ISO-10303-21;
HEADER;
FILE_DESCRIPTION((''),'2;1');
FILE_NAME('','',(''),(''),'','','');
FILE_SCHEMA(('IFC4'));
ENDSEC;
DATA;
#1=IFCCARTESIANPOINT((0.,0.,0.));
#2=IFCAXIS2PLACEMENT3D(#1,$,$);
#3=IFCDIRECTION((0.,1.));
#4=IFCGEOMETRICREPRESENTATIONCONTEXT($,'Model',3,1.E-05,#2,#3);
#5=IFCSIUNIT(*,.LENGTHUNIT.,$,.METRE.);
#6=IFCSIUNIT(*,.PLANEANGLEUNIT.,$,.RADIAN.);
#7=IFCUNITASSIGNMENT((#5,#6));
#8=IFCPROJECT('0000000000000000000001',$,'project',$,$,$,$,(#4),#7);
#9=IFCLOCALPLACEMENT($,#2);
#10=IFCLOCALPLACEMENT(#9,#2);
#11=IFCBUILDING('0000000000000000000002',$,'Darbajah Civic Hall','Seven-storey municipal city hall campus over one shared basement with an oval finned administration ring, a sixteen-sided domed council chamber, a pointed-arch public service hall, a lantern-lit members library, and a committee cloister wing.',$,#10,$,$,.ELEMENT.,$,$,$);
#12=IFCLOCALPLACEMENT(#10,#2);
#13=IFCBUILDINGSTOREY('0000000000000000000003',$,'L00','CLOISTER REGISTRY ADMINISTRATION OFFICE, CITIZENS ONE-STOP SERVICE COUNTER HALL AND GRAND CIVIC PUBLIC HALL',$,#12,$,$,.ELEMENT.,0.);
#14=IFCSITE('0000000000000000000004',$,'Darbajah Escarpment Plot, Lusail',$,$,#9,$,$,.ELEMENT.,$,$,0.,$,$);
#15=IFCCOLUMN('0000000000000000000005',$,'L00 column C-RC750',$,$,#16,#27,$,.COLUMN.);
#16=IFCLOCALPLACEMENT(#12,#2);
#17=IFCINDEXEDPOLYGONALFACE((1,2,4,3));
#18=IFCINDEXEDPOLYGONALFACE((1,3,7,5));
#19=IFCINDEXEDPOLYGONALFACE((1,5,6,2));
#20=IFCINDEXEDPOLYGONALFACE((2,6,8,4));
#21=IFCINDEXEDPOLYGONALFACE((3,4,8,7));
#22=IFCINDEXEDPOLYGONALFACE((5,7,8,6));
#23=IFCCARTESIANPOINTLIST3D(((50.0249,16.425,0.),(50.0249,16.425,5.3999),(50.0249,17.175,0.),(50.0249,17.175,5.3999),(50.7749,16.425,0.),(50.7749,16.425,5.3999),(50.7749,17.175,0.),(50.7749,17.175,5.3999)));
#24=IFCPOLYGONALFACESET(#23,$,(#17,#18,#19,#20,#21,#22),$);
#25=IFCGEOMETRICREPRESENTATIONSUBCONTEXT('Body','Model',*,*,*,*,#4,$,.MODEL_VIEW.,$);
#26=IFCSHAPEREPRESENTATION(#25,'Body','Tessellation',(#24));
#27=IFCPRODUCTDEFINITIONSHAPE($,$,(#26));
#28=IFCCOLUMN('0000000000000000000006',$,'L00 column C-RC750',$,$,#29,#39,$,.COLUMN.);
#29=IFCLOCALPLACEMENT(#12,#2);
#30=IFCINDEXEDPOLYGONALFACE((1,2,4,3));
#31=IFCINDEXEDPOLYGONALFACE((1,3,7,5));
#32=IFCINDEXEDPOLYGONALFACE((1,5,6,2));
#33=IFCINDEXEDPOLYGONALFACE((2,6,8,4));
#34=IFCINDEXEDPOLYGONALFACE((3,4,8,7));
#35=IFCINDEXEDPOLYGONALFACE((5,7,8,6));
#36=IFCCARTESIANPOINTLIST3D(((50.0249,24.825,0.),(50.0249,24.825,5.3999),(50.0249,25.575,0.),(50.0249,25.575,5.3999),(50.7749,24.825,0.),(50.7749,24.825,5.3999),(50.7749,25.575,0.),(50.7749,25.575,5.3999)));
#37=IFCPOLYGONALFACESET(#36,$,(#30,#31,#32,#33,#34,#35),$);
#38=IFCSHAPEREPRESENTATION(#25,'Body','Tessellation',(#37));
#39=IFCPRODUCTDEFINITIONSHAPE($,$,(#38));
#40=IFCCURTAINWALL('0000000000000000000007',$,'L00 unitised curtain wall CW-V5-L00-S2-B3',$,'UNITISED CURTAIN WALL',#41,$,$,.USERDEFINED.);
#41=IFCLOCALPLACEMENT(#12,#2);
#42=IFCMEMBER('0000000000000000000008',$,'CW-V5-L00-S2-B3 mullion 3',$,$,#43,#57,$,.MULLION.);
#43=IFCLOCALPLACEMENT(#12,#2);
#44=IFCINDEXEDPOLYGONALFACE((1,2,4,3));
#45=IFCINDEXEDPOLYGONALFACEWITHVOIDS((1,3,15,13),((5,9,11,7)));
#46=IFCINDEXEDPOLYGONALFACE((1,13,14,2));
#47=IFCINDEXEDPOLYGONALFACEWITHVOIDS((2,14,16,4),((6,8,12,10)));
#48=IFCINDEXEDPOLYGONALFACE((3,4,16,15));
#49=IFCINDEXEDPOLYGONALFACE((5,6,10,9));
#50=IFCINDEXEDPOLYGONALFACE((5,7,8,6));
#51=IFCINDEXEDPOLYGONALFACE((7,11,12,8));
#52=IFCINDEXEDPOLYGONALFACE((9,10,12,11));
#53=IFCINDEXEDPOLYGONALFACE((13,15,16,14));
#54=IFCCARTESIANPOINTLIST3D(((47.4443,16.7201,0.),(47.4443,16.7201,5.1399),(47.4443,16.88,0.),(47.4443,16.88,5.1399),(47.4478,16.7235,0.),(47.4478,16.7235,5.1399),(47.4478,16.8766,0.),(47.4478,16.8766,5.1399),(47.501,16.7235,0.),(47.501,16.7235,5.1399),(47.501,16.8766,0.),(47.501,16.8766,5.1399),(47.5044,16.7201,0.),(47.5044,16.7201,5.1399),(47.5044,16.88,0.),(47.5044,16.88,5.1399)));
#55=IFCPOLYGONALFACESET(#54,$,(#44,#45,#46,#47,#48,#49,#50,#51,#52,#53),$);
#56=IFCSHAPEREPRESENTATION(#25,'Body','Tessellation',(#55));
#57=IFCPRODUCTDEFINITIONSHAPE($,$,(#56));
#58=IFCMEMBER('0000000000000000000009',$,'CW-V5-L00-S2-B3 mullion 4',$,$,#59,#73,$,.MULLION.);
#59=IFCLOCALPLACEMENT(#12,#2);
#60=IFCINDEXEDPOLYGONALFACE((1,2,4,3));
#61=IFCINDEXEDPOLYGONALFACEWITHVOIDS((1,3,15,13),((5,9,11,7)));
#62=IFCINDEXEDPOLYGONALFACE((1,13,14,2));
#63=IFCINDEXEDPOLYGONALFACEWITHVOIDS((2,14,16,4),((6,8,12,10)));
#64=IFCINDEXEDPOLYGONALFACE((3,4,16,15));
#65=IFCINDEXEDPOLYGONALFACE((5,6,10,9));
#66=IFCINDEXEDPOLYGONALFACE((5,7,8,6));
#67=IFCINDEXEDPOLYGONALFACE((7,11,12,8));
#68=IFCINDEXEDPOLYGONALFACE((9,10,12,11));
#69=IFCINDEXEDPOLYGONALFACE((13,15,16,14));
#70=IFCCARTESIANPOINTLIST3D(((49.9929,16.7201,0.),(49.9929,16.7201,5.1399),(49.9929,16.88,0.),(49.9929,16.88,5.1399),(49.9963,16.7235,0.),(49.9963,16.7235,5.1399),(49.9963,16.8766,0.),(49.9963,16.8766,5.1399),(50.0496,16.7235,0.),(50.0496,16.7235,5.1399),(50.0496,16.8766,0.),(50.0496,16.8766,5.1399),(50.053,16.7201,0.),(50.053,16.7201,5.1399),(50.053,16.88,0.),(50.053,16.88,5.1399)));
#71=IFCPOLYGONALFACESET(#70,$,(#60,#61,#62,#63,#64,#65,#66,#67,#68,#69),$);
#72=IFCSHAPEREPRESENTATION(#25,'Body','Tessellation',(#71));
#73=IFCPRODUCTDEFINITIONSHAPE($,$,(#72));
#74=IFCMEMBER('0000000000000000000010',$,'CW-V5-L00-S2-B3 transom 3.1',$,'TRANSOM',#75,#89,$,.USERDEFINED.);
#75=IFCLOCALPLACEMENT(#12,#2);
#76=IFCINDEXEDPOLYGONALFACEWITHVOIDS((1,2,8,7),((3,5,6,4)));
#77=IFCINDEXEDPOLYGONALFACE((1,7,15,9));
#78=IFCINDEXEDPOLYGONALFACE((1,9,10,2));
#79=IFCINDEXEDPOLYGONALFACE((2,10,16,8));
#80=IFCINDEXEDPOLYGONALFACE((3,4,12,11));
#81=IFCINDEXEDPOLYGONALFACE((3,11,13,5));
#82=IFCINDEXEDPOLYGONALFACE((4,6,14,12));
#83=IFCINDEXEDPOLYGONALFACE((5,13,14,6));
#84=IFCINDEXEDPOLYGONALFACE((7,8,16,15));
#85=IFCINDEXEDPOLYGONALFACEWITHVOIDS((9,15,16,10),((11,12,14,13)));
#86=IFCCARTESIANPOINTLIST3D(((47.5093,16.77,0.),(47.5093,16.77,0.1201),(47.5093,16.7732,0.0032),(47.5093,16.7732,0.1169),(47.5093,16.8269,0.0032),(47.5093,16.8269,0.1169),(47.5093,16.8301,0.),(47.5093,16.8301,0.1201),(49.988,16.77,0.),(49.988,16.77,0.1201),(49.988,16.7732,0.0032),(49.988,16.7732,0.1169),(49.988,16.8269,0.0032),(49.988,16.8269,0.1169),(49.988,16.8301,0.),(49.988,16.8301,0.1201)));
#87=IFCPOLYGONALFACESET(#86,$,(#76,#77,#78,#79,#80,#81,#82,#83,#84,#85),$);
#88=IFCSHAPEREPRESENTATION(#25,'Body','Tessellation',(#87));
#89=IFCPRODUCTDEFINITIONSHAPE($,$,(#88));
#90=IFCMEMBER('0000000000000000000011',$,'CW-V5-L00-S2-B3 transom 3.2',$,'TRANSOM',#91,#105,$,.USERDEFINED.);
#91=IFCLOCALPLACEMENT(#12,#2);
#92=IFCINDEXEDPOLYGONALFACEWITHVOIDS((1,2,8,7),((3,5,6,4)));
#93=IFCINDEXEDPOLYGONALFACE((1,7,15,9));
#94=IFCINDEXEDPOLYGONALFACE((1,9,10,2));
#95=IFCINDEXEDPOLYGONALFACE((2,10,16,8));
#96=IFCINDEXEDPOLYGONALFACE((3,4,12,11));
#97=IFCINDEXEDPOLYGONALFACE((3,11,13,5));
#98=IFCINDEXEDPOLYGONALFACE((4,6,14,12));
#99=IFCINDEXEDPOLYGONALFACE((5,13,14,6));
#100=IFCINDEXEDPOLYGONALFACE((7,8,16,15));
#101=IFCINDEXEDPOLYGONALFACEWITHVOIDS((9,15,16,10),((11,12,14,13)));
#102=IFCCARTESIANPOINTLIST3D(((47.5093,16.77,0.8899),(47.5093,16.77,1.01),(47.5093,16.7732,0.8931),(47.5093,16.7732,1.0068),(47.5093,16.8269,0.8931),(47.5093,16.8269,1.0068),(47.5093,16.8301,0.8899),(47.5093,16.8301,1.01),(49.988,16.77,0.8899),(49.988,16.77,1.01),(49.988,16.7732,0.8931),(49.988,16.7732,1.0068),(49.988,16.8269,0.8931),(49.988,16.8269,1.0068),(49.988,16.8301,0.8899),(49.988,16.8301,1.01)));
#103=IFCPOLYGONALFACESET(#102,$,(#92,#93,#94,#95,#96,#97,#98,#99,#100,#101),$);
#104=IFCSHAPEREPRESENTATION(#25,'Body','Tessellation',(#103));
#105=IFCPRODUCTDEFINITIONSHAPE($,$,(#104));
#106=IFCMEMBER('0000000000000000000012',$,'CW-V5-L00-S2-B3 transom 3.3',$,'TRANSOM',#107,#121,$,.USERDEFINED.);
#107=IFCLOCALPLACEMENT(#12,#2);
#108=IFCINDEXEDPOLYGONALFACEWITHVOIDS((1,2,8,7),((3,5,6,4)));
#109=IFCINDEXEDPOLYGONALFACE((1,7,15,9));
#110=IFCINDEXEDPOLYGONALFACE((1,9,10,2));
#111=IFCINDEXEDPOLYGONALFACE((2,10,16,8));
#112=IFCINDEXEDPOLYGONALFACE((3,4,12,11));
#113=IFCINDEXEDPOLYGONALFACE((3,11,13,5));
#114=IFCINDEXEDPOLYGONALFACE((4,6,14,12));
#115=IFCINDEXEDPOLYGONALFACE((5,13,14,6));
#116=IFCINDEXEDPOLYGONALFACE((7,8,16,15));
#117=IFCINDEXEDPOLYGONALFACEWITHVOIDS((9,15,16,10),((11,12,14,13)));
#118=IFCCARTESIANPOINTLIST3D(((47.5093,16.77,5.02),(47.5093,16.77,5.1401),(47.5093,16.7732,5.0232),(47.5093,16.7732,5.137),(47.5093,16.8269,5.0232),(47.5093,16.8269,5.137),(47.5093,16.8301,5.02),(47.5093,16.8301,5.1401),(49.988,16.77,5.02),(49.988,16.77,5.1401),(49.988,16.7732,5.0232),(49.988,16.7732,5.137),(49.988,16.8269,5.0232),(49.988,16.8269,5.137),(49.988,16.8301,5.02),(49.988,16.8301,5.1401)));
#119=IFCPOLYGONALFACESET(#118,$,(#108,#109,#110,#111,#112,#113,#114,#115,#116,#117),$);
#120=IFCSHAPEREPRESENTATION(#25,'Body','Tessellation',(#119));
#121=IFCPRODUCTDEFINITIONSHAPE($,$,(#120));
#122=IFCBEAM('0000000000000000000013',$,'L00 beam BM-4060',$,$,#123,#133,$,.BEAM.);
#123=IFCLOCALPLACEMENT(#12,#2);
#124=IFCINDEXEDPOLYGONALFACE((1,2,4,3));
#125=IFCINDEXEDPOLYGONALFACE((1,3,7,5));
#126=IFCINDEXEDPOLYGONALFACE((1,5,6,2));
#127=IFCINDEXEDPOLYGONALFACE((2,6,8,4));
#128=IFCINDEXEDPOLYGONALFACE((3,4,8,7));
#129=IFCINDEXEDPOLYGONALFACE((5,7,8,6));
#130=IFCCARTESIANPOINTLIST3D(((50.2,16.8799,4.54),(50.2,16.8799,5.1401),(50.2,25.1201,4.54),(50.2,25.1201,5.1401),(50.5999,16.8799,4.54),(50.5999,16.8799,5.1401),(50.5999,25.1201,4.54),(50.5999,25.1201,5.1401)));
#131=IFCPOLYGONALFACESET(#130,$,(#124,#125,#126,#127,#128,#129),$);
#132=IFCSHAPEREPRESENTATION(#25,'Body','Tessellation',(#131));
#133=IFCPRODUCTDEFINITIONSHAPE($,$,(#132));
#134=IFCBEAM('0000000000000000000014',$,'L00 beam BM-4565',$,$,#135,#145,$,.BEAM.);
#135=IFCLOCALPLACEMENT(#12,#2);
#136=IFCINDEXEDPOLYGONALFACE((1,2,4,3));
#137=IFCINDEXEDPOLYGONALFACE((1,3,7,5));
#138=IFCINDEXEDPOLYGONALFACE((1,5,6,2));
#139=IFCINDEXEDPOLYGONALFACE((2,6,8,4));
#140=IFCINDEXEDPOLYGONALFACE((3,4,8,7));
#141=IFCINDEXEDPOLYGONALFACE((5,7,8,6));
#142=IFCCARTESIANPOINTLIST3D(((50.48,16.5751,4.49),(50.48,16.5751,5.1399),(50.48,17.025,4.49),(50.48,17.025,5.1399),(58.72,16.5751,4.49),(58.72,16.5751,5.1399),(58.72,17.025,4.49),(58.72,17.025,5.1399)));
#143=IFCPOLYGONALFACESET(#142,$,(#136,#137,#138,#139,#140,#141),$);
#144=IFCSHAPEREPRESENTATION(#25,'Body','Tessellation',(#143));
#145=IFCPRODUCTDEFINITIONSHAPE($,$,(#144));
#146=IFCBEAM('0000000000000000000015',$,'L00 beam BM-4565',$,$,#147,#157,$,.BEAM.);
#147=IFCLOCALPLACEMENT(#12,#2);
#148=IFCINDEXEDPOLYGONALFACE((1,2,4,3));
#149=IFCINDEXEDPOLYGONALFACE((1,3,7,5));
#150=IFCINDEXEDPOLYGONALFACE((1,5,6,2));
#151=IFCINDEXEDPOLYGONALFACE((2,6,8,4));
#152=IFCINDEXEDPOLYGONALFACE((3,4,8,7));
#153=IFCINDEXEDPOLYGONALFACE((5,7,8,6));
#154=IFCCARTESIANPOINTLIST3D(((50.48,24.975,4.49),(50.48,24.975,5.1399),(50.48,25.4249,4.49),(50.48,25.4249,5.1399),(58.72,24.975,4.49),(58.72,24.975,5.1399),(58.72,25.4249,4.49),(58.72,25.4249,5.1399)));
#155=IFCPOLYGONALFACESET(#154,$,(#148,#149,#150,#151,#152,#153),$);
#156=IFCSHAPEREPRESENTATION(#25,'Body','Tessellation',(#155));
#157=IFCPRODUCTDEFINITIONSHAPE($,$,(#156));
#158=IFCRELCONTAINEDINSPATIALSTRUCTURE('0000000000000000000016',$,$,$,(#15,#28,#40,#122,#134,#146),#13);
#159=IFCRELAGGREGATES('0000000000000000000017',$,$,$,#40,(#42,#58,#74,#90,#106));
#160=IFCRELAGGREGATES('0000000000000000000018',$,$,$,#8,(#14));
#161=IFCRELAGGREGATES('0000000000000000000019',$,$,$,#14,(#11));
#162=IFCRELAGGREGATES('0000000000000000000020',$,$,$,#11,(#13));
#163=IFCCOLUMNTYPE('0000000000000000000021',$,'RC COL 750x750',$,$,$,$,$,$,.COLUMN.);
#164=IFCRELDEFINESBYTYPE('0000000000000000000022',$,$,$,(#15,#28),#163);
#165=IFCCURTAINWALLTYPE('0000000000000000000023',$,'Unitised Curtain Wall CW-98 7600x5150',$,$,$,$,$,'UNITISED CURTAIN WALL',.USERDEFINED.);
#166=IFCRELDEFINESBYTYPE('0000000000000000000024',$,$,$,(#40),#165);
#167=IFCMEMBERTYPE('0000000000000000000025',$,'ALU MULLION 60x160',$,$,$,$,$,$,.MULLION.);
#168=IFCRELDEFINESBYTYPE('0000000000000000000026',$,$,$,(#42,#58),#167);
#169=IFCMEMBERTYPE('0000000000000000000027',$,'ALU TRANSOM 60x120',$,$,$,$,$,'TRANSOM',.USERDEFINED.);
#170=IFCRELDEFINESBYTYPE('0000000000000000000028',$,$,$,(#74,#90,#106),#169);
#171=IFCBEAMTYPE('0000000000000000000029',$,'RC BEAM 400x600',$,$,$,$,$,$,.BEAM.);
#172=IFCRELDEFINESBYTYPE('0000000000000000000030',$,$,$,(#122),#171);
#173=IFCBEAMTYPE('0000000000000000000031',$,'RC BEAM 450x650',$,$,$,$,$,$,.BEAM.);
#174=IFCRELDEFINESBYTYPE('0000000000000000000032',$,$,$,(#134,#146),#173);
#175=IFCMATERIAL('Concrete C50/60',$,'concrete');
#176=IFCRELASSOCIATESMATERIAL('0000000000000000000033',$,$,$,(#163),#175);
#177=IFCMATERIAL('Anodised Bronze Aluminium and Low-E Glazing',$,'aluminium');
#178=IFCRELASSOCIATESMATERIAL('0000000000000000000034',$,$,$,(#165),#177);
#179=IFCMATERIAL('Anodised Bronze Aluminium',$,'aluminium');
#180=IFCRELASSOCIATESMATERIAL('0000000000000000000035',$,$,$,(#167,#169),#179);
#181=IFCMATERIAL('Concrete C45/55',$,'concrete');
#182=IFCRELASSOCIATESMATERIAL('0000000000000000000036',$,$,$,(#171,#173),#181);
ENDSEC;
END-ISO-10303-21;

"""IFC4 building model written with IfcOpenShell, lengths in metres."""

from ifc_helpers import new_model, si_unit, direction, frame, origin, origin_2d, place, context, subcontext, project, spatial, rectangle, hollow_rectangle, extrude, material, material_profile, profile_set, type_object, element, aggregate, save


model = new_model("IFC4")

# Units and contexts
model_context = context("Model", 3, precision=1e-05, world=origin(), true_north=direction((0.0, 1.0)))
body_context = subcontext(model_context, "Body", "Model", "MODEL_VIEW")
ifc_project = project(units=[si_unit("LENGTHUNIT", "METRE"), si_unit("PLANEANGLEUNIT", "RADIAN")], contexts=[model_context])

# Site, building, storey
site_placement = place(None, origin())
site = spatial("IfcSite", under=ifc_project, at=site_placement, Name="Darbajah Escarpment Plot, Lusail", CompositionType="ELEMENT", RefElevation=0.0)
building_placement = place(site_placement, origin())
building = spatial("IfcBuilding", under=site, at=building_placement, Name="Darbajah Civic Hall", Description="Seven-storey municipal city hall campus over one shared basement with an oval finned administration ring, a sixteen-sided domed council chamber, a pointed-arch public service hall, a lantern-lit members library, and a committee cloister wing.", CompositionType="ELEMENT")
storey_placement = place(building_placement, origin())
storey = spatial("IfcBuildingStorey", under=building, at=storey_placement, Name="L00", Description="CLOISTER REGISTRY ADMINISTRATION OFFICE, CITIZENS ONE-STOP SERVICE COUNTER HALL AND GRAND CIVIC PUBLIC HALL", CompositionType="ELEMENT", Elevation=0.0)

# Columns
ifc_material_1 = material(Name="Concrete C50/60", Category="concrete")
ifc_material_profile_1 = material_profile(ifc_material_1, rectangle(XDim=0.75, YDim=0.75, at=origin_2d()), Name="RC COL 750x750")
ifc_profile_set_1 = profile_set([ifc_material_profile_1], Name="Concrete C50/60")
column_type = type_object("IfcColumnType", Name="RC COL 750x750", PredefinedType="COLUMN", material=ifc_profile_set_1)
for number, where, z_axis, x_axis, name in (
    (1, (50.3999, 16.8, 0.0), (0.0, 0.0, 1.0), (1.0, 0.0, 0.0), "L00 column C-RC750"),
    (2, (50.3999, 25.2, 0.0), (0.0, 0.0, 1.0), (1.0, 0.0, 0.0), "L00 column C-RC750"),
):
    element("IfcColumn", number, at=place(storey_placement, frame(where, z_axis=z_axis, x_axis=x_axis)), inside=storey, type_object=column_type, Name=name, PredefinedType="COLUMN", context=body_context, shape_type="SweptSolid", body=[
        extrude(rectangle(XDim=0.75, YDim=0.75, at=origin_2d()), origin(), (0.0, 0.0, 1.0), 5.3999),
    ])

# Curtain wall, members
ifc_material_2 = material(Name="Anodised Bronze Aluminium and Low-E Glazing", Category="aluminium")
curtain_wall_type = type_object("IfcCurtainWallType", Name="Unitised Curtain Wall CW-98 7600x5150", ElementType="UNITISED CURTAIN WALL", PredefinedType="USERDEFINED", material=ifc_material_2)
curtain_wall_placement = place(storey_placement, origin())
curtain_wall = element("IfcCurtainWall", 3, at=curtain_wall_placement, inside=storey, type_object=curtain_wall_type, Name="L00 unitised curtain wall CW-V5-L00-S2-B3", ObjectType="UNITISED CURTAIN WALL", PredefinedType="USERDEFINED")
ifc_material_3 = material(Name="Anodised Bronze Aluminium", Category="aluminium")
ifc_material_profile_2 = material_profile(ifc_material_3, hollow_rectangle(XDim=0.0601, YDim=0.1599, WallThickness=0.0034, at=origin_2d()), Name="ALU MULLION 60x160")
ifc_profile_set_2 = profile_set([ifc_material_profile_2], Name="Anodised Bronze Aluminium")
member_type_1 = type_object("IfcMemberType", Name="ALU MULLION 60x160", PredefinedType="MULLION", material=ifc_profile_set_2)
member_1_placement = place(storey_placement, frame((47.4744, 16.8, 0.0), z_axis=(0.0, 0.0, 1.0), x_axis=(1.0, 0.0, 0.0)))
member_1 = element("IfcMember", 4, at=member_1_placement, type_object=member_type_1, Name="CW-V5-L00-S2-B3 mullion 3", PredefinedType="MULLION", context=body_context, shape_type="SweptSolid", body=[
    extrude(hollow_rectangle(XDim=0.0601, YDim=0.1599, WallThickness=0.0034, at=origin_2d()), origin(), (0.0, 0.0, 1.0), 5.1399),
])
member_2_placement = place(storey_placement, frame((50.0229, 16.8, 0.0), z_axis=(0.0, 0.0, 1.0), x_axis=(1.0, 0.0, 0.0)))
member_2 = element("IfcMember", 5, at=member_2_placement, type_object=member_type_1, Name="CW-V5-L00-S2-B3 mullion 4", PredefinedType="MULLION", context=body_context, shape_type="SweptSolid", body=[
    extrude(hollow_rectangle(XDim=0.0601, YDim=0.1599, WallThickness=0.0034, at=origin_2d()), origin(), (0.0, 0.0, 1.0), 5.1399),
])
ifc_material_profile_3 = material_profile(ifc_material_3, hollow_rectangle(XDim=0.0601, YDim=0.1201, WallThickness=0.0032, at=origin_2d()), Name="ALU TRANSOM 60x120")
ifc_profile_set_3 = profile_set([ifc_material_profile_3], Name="Anodised Bronze Aluminium")
member_type_2 = type_object("IfcMemberType", Name="ALU TRANSOM 60x120", ElementType="TRANSOM", PredefinedType="USERDEFINED", material=ifc_profile_set_3)
member_3_placement = place(storey_placement, frame((47.5093, 16.8, 0.0601), z_axis=(1.0, 0.0, 0.0), x_axis=(0.0, 1.0, 0.0)))
member_3 = element("IfcMember", 6, at=member_3_placement, type_object=member_type_2, Name="CW-V5-L00-S2-B3 transom 3.1", ObjectType="TRANSOM", PredefinedType="USERDEFINED", context=body_context, shape_type="SweptSolid", body=[
    extrude(hollow_rectangle(XDim=0.0601, YDim=0.1201, WallThickness=0.0032, at=origin_2d()), origin(), (0.0, 0.0, 1.0), 2.4788),
])
member_4_placement = place(storey_placement, frame((47.5093, 16.8, 0.95), z_axis=(1.0, 0.0, 0.0), x_axis=(0.0, 1.0, 0.0)))
member_4 = element("IfcMember", 7, at=member_4_placement, type_object=member_type_2, Name="CW-V5-L00-S2-B3 transom 3.2", ObjectType="TRANSOM", PredefinedType="USERDEFINED", context=body_context, shape_type="SweptSolid", body=[
    extrude(hollow_rectangle(XDim=0.0601, YDim=0.1201, WallThickness=0.0032, at=origin_2d()), origin(), (0.0, 0.0, 1.0), 2.4788),
])
member_5_placement = place(storey_placement, frame((47.5093, 16.8, 5.0801), z_axis=(1.0, 0.0, 0.0), x_axis=(0.0, 1.0, 0.0)))
member_5 = element("IfcMember", 8, at=member_5_placement, type_object=member_type_2, Name="CW-V5-L00-S2-B3 transom 3.3", ObjectType="TRANSOM", PredefinedType="USERDEFINED", context=body_context, shape_type="SweptSolid", body=[
    extrude(hollow_rectangle(XDim=0.0601, YDim=0.1201, WallThickness=0.0032, at=origin_2d()), origin(), (0.0, 0.0, 1.0), 2.4788),
])

# Beams
ifc_material_4 = material(Name="Concrete C45/55", Category="concrete")
ifc_material_profile_4 = material_profile(ifc_material_4, rectangle(XDim=0.3999, YDim=0.6001, at=origin_2d()), Name="RC BEAM 400x600")
ifc_profile_set_4 = profile_set([ifc_material_profile_4], Name="Concrete C45/55")
beam_type_1 = type_object("IfcBeamType", Name="RC BEAM 400x600", PredefinedType="BEAM", material=ifc_profile_set_4)
beam_1_placement = place(storey_placement, frame((50.3999, 16.8799, 4.8401), z_axis=(0.0, 1.0, 0.0), x_axis=(-1.0, 0.0, 0.0)))
element("IfcBeam", 9, at=beam_1_placement, inside=storey, type_object=beam_type_1, Name="L00 beam BM-4060", PredefinedType="BEAM", context=body_context, shape_type="SweptSolid", body=[
    extrude(rectangle(XDim=0.3999, YDim=0.6001, at=origin_2d()), origin(), (0.0, 0.0, 1.0), 8.2402),
])
ifc_material_profile_5 = material_profile(ifc_material_4, rectangle(XDim=0.45, YDim=0.6499, at=origin_2d()), Name="RC BEAM 450x650")
ifc_profile_set_5 = profile_set([ifc_material_profile_5], Name="Concrete C45/55")
beam_type_2 = type_object("IfcBeamType", Name="RC BEAM 450x650", PredefinedType="BEAM", material=ifc_profile_set_5)
for number, where, z_axis, x_axis, name in (
    (10, (50.48, 16.8, 4.8149), (1.0, 0.0, 0.0), (0.0, 1.0, 0.0), "L00 beam BM-4565"),
    (11, (50.48, 25.2, 4.8149), (1.0, 0.0, 0.0), (0.0, 1.0, 0.0), "L00 beam BM-4565"),
):
    element("IfcBeam", number, at=place(storey_placement, frame(where, z_axis=z_axis, x_axis=x_axis)), inside=storey, type_object=beam_type_2, Name=name, PredefinedType="BEAM", context=body_context, shape_type="SweptSolid", body=[
        extrude(rectangle(XDim=0.45, YDim=0.6499, at=origin_2d()), origin(), (0.0, 0.0, 1.0), 8.24),
    ])

aggregate(curtain_wall, [member_1, member_2, member_3, member_4, member_5])

save(model, "model.ifc")
